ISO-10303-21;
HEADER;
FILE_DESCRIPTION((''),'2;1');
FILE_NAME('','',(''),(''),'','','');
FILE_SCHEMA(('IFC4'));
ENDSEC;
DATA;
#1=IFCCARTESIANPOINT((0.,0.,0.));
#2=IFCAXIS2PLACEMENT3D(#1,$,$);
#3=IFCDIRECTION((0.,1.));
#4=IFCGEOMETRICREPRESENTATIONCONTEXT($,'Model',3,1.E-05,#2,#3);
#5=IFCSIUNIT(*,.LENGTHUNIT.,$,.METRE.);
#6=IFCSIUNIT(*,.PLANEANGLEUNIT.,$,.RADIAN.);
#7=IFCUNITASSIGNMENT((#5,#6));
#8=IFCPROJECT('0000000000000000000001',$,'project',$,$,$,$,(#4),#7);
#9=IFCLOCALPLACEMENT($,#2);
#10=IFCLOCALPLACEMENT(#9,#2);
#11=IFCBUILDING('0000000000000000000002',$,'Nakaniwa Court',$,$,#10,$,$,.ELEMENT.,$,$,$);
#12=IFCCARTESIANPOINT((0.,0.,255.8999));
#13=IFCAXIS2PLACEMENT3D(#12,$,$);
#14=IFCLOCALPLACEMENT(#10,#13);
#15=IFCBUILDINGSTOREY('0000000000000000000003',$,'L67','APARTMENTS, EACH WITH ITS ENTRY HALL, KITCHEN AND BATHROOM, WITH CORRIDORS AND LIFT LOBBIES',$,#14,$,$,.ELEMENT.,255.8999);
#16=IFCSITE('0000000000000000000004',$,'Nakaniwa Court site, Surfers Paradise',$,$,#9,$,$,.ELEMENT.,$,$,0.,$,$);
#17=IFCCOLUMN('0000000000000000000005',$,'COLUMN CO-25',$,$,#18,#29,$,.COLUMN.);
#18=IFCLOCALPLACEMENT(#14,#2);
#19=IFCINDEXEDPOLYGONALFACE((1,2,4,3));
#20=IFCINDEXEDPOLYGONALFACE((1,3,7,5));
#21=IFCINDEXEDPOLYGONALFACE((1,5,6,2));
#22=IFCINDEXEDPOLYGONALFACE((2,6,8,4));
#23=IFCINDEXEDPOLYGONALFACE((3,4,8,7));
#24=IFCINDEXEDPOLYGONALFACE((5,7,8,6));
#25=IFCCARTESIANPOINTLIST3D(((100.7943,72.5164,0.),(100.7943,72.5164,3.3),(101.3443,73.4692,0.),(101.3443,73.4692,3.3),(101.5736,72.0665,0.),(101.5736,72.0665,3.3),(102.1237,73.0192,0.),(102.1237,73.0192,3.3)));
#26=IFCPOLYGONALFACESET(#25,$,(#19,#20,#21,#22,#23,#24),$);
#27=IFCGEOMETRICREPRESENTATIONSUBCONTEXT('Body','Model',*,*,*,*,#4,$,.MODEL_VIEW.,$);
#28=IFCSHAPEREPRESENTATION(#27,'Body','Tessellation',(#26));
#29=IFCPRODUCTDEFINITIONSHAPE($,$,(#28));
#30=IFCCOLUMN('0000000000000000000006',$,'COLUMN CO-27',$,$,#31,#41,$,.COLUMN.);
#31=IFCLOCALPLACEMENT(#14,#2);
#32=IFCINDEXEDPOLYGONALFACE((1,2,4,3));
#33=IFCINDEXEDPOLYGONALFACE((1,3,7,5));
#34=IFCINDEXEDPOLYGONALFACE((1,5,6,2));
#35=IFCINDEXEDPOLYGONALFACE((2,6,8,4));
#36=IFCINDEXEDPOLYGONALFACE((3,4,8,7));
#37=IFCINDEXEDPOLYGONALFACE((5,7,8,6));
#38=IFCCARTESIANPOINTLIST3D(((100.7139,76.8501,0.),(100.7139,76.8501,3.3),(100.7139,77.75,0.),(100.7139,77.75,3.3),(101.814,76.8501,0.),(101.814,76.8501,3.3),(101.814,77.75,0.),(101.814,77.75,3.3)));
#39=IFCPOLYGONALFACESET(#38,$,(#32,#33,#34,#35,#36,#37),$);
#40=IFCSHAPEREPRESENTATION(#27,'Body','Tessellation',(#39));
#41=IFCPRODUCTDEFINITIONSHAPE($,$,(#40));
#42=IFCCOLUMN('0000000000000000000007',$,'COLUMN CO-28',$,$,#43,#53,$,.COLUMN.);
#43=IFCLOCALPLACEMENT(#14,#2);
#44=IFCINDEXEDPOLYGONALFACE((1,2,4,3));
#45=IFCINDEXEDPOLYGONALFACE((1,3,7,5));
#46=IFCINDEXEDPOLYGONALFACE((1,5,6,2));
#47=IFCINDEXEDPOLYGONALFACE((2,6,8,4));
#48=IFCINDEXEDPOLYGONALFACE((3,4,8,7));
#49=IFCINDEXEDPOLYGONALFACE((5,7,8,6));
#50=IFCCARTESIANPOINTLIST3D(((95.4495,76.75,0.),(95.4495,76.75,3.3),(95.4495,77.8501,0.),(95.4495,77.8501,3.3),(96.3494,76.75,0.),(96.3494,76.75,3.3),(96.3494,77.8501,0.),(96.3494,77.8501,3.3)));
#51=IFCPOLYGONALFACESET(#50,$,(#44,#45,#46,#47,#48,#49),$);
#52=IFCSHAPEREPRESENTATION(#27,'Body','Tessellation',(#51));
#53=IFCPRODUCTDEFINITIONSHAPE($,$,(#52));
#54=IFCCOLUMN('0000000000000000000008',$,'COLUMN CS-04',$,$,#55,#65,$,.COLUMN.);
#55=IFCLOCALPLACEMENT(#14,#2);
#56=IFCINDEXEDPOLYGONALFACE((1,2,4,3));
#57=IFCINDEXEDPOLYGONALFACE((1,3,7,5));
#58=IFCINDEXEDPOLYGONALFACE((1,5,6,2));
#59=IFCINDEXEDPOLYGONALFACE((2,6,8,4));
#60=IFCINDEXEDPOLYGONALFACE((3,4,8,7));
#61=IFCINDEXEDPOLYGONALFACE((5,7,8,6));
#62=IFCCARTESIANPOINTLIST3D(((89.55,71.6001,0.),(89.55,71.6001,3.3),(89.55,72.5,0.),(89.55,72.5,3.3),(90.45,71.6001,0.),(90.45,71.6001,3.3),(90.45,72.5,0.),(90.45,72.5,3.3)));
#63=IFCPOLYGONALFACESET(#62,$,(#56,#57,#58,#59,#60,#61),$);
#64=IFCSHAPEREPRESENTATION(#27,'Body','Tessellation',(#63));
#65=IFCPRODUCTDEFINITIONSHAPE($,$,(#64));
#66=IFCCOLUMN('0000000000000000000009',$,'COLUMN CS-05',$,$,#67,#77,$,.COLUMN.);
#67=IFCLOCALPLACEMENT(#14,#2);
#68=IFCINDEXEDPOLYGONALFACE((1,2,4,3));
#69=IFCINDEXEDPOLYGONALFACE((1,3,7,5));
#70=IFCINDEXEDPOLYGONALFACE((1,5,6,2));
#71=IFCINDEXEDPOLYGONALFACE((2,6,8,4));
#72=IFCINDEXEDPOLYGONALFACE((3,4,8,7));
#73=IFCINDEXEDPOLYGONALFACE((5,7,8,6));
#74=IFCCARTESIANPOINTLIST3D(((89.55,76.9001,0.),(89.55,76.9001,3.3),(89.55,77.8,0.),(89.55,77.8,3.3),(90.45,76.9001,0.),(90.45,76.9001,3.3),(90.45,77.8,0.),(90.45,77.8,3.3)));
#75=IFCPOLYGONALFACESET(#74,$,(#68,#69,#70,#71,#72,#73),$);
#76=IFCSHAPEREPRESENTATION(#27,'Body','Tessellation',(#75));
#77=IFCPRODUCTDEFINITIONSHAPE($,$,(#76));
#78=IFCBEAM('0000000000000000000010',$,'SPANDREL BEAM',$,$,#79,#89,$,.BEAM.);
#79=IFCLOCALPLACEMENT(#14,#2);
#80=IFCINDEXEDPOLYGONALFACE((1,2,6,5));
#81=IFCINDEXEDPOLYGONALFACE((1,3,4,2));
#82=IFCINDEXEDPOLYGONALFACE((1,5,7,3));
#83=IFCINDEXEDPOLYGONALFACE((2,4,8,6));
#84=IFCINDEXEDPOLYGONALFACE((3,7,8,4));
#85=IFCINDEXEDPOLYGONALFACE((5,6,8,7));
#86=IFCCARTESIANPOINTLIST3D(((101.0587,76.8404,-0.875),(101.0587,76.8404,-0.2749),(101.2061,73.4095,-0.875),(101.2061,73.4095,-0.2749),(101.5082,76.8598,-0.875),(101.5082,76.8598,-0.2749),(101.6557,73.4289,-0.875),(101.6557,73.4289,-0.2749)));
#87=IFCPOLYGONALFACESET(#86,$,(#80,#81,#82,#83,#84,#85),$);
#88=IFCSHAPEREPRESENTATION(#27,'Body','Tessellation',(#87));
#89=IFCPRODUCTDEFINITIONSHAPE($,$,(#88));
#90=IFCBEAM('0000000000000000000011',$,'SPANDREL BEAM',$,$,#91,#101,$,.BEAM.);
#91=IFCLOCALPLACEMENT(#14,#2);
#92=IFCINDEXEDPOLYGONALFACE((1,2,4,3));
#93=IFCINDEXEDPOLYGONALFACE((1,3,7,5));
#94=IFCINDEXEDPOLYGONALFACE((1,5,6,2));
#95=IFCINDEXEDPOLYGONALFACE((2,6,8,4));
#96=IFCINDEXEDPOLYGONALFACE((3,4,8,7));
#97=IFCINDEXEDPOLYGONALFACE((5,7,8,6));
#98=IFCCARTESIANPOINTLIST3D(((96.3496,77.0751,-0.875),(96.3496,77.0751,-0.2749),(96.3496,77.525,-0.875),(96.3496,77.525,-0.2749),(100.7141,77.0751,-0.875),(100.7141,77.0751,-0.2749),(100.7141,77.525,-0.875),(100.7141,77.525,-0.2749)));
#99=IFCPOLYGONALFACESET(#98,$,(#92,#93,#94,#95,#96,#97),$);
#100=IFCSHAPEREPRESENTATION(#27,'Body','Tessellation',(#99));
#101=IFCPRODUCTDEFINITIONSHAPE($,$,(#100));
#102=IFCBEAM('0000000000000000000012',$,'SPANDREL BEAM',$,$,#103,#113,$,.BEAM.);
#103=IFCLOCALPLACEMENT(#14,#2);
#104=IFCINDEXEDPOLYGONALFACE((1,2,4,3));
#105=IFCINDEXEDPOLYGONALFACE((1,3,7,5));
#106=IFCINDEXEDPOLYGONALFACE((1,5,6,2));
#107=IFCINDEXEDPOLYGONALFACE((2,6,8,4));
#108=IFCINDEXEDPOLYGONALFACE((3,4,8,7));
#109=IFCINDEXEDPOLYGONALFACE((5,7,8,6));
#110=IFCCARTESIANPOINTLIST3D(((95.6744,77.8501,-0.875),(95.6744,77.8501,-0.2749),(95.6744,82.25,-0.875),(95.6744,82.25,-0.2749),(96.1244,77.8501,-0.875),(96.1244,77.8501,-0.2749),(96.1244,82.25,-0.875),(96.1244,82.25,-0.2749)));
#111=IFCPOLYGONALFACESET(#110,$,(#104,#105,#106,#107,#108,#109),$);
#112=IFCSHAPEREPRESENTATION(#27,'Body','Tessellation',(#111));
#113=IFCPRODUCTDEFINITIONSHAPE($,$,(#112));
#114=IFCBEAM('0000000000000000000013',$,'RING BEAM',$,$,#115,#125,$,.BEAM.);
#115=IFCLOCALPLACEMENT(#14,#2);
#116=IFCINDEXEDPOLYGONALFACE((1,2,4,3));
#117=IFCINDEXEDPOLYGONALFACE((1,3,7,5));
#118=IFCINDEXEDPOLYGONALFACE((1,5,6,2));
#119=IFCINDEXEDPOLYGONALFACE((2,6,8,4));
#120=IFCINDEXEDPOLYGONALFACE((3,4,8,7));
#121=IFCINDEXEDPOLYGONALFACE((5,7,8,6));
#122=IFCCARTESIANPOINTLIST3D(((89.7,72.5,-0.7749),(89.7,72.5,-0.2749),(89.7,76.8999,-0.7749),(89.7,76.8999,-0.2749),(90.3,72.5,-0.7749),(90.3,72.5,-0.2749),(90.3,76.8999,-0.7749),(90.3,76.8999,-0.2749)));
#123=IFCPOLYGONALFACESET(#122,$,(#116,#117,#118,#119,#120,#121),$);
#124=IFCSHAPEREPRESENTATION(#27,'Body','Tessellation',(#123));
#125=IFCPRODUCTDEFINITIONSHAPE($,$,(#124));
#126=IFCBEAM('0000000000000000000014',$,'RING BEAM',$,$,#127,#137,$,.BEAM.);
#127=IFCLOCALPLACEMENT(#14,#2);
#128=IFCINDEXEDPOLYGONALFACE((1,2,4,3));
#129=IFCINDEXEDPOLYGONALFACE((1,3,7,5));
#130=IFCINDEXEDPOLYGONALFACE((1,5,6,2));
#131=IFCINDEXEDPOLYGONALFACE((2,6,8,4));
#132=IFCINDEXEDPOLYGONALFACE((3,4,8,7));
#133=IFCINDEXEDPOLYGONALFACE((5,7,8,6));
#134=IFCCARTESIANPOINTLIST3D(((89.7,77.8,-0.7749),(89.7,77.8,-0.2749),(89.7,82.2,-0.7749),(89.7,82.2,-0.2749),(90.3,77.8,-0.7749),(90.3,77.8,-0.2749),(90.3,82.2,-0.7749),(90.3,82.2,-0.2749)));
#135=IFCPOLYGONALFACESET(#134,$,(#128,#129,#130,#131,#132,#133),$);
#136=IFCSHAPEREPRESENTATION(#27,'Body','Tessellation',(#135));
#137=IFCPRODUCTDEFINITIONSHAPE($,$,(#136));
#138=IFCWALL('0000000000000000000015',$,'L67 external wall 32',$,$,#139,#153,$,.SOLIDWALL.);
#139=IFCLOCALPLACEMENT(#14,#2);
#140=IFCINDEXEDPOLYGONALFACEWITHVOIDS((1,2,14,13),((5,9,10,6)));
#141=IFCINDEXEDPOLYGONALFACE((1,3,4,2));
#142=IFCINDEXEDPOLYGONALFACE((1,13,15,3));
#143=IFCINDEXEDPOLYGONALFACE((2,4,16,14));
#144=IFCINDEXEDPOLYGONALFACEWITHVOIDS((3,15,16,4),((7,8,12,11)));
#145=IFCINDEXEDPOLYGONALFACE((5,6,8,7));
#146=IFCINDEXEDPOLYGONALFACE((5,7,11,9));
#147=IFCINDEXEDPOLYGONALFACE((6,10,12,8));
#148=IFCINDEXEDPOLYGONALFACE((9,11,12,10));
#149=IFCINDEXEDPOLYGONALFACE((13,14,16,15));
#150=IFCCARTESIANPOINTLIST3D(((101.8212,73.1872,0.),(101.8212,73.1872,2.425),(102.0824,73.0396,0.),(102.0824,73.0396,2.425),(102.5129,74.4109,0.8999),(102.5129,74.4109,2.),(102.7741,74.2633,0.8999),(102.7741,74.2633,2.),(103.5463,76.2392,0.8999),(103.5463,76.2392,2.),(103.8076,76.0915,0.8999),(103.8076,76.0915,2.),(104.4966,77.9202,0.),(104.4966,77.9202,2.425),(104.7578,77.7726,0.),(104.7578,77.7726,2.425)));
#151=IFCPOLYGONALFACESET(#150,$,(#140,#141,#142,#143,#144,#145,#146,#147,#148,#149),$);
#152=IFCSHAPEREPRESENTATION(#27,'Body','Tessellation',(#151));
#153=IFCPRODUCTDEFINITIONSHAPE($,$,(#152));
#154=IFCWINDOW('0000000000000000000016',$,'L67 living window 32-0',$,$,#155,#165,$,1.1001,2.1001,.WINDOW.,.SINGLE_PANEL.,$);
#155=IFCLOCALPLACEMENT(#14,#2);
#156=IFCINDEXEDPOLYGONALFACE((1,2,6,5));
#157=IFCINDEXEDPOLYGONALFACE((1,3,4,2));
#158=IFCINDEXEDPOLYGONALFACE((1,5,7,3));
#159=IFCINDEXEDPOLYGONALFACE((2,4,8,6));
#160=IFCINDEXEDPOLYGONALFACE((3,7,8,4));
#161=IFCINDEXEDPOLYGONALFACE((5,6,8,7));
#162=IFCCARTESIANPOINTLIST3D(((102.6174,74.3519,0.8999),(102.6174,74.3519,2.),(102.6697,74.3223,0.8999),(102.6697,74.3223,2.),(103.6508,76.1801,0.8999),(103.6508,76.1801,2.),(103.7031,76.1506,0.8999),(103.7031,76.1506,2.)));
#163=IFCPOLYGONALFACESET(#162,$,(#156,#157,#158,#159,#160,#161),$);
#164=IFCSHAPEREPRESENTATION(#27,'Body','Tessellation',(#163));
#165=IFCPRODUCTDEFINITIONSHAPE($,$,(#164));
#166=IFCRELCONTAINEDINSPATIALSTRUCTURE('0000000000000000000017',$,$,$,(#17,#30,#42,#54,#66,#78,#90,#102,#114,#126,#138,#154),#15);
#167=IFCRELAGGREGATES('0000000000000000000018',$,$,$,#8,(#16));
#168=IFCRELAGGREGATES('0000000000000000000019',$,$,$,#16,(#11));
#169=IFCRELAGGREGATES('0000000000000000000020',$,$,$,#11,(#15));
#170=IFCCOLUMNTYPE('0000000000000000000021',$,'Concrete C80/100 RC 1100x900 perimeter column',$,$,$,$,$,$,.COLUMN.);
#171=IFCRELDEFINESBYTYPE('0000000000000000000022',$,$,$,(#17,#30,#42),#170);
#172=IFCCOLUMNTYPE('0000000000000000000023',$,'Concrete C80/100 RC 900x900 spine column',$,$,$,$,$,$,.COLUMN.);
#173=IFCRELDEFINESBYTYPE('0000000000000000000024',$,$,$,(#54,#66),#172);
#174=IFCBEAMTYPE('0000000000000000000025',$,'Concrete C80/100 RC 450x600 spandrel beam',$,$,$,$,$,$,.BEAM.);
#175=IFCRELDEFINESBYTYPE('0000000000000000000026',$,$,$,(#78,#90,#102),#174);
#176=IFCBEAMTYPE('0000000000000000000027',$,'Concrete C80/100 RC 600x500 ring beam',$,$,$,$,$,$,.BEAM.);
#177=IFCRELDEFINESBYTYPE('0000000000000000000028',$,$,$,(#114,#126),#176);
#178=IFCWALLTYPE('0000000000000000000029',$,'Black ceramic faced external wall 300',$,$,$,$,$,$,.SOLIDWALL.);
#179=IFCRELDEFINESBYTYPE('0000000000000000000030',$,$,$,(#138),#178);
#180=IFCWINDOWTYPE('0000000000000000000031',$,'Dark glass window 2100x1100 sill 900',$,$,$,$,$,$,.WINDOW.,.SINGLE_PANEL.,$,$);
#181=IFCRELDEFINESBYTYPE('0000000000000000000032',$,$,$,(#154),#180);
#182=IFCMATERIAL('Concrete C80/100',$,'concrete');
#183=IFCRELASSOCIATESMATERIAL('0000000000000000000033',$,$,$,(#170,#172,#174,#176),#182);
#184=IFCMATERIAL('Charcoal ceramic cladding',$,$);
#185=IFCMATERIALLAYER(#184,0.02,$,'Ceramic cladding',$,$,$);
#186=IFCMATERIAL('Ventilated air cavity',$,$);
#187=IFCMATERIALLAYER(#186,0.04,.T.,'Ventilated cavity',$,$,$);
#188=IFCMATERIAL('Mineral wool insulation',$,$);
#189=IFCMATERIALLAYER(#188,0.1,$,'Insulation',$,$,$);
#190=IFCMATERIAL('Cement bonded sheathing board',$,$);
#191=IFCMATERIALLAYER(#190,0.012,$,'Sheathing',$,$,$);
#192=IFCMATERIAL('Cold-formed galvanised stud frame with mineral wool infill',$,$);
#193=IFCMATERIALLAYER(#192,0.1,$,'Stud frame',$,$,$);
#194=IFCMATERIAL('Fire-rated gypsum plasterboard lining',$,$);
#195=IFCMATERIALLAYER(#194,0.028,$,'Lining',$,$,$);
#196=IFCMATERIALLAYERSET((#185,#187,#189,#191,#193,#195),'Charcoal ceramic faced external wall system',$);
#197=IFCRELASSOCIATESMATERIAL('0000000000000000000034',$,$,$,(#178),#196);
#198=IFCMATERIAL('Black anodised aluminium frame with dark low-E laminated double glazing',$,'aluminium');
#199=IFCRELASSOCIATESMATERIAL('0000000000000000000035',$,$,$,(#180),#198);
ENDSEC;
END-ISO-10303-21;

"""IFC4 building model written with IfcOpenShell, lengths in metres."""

from ifc_helpers import new_model, si_unit, direction, frame, frame_2d, origin, origin_2d, place, context, subcontext, project, spatial, rectangle, extrude, material, layer, layer_set, material_profile, profile_set, type_object, element, fill, save


model = new_model("IFC4")

# Units and contexts
model_context = context("Model", 3, precision=1e-05, world=origin(), true_north=direction((0.0, 1.0)))
body_context = subcontext(model_context, "Body", "Model", "MODEL_VIEW")
ifc_project = project(units=[si_unit("LENGTHUNIT", "METRE"), si_unit("PLANEANGLEUNIT", "RADIAN")], contexts=[model_context])

# Site, building, storey
site_placement = place(None, origin())
site = spatial("IfcSite", under=ifc_project, at=site_placement, Name="Nakaniwa Court site, Surfers Paradise", CompositionType="ELEMENT", RefElevation=0.0)
building_placement = place(site_placement, origin())
building = spatial("IfcBuilding", under=site, at=building_placement, Name="Nakaniwa Court", CompositionType="ELEMENT")
storey_placement = place(building_placement, frame((0.0, 0.0, 255.8999)))
storey = spatial("IfcBuildingStorey", under=building, at=storey_placement, Name="L67", Description="APARTMENTS, EACH WITH ITS ENTRY HALL, KITCHEN AND BATHROOM, WITH CORRIDORS AND LIFT LOBBIES", CompositionType="ELEMENT", Elevation=255.8999)

# Columns
ifc_material_1 = material(Name="Concrete C80/100", Category="concrete")
ifc_material_profile_1 = material_profile(ifc_material_1, rectangle(XDim=1.1001, YDim=0.8999, at=origin_2d()), Name="Concrete C80/100 RC 1100x900 perimeter column")
ifc_profile_set_1 = profile_set([ifc_material_profile_1], Name="Concrete C80/100")
column_type_1 = type_object("IfcColumnType", Name="Concrete C80/100 RC 1100x900 perimeter column", PredefinedType="COLUMN", material=ifc_profile_set_1)
for number, where, z_axis, x_axis, name in (
    (1, (101.459, 72.7678, 0.0), (0.0, 0.0, 1.0), (0.5, 0.866025, 0.0), "COLUMN CO-25"),
    (2, (101.2639, 77.3, 0.0), (0.0, 0.0, 1.0), (-1.0, 0.0, 0.0), "COLUMN CO-27"),
    (3, (95.8994, 77.3, 0.0), (0.0, 0.0, 1.0), (0.0, 1.0, 0.0), "COLUMN CO-28"),
):
    element("IfcColumn", number, at=place(storey_placement, frame(where, z_axis=z_axis, x_axis=x_axis)), inside=storey, type_object=column_type_1, Name=name, PredefinedType="COLUMN", context=body_context, shape_type="SweptSolid", body=[
        extrude(rectangle(XDim=1.1001, YDim=0.8999, at=origin_2d()), origin(), (0.0, 0.0, 1.0), 3.3),
    ])
ifc_material_profile_2 = material_profile(ifc_material_1, rectangle(XDim=0.8999, YDim=0.8999, at=origin_2d()), Name="Concrete C80/100 RC 900x900 spine column")
ifc_profile_set_2 = profile_set([ifc_material_profile_2], Name="Concrete C80/100")
column_type_2 = type_object("IfcColumnType", Name="Concrete C80/100 RC 900x900 spine column", PredefinedType="COLUMN", material=ifc_profile_set_2)
for number, where, z_axis, x_axis, name in (
    (4, (90.0, 72.05, 0.0), (0.0, 0.0, 1.0), (0.0, 1.0, 0.0), "COLUMN CS-04"),
    (5, (90.0, 77.3501, 0.0), (0.0, 0.0, 1.0), (0.0, 1.0, 0.0), "COLUMN CS-05"),
):
    element("IfcColumn", number, at=place(storey_placement, frame(where, z_axis=z_axis, x_axis=x_axis)), inside=storey, type_object=column_type_2, Name=name, PredefinedType="COLUMN", context=body_context, shape_type="SweptSolid", body=[
        extrude(rectangle(XDim=0.8999, YDim=0.8999, at=origin_2d()), origin(), (0.0, 0.0, 1.0), 3.3),
    ])

# Beams
ifc_material_profile_3 = material_profile(ifc_material_1, rectangle(XDim=0.45, YDim=0.6001, at=origin_2d()), Name="Concrete C80/100 RC 450x600 spandrel beam")
ifc_profile_set_3 = profile_set([ifc_material_profile_3], Name="Concrete C80/100")
beam_type_1 = type_object("IfcBeamType", Name="Concrete C80/100 RC 450x600 spandrel beam", PredefinedType="BEAM", material=ifc_profile_set_3)
beam_1_placement = place(storey_placement, frame((101.4309, 73.4192, -0.575), z_axis=(-0.042941, 0.999078, 0.0), x_axis=(-0.999078, -0.042941, 0.0)))
element("IfcBeam", 6, at=beam_1_placement, inside=storey, type_object=beam_type_1, Name="SPANDREL BEAM", PredefinedType="BEAM", context=body_context, shape_type="SweptSolid", body=[
    extrude(rectangle(XDim=0.45, YDim=0.6001, at=origin_2d()), origin(), (0.0, 0.0, 1.0), 3.4341),
])
beam_2_placement = place(storey_placement, frame((100.7141, 77.3, -0.575), z_axis=(-1.0, 0.0, 0.0), x_axis=(0.0, -1.0, 0.0)))
element("IfcBeam", 7, at=beam_2_placement, inside=storey, type_object=beam_type_1, Name="SPANDREL BEAM", PredefinedType="BEAM", context=body_context, shape_type="SweptSolid", body=[
    extrude(rectangle(XDim=0.45, YDim=0.6001, at=origin_2d()), origin(), (0.0, 0.0, 1.0), 4.3645),
])
beam_3_placement = place(storey_placement, frame((95.8994, 77.8501, -0.575), z_axis=(0.0, 1.0, 0.0), x_axis=(-1.0, 0.0, 0.0)))
element("IfcBeam", 8, at=beam_3_placement, inside=storey, type_object=beam_type_1, Name="SPANDREL BEAM", PredefinedType="BEAM", context=body_context, shape_type="SweptSolid", body=[
    extrude(rectangle(XDim=0.45, YDim=0.6001, at=origin_2d()), origin(), (0.0, 0.0, 1.0), 4.3999),
])
ifc_material_profile_4 = material_profile(ifc_material_1, rectangle(XDim=0.6001, YDim=0.5, at=origin_2d()), Name="Concrete C80/100 RC 600x500 ring beam")
ifc_profile_set_4 = profile_set([ifc_material_profile_4], Name="Concrete C80/100")
beam_type_2 = type_object("IfcBeamType", Name="Concrete C80/100 RC 600x500 ring beam", PredefinedType="BEAM", material=ifc_profile_set_4)
for number, where, z_axis, x_axis, name in (
    (9, (90.0, 72.5, -0.5249), (0.0, 1.0, 0.0), (-1.0, 0.0, 0.0), "RING BEAM"),
    (10, (90.0, 77.8, -0.5249), (0.0, 1.0, 0.0), (-1.0, 0.0, 0.0), "RING BEAM"),
):
    element("IfcBeam", number, at=place(storey_placement, frame(where, z_axis=z_axis, x_axis=x_axis)), inside=storey, type_object=beam_type_2, Name=name, PredefinedType="BEAM", context=body_context, shape_type="SweptSolid", body=[
        extrude(rectangle(XDim=0.6001, YDim=0.5, at=origin_2d()), origin(), (0.0, 0.0, 1.0), 4.3999),
    ])

# Wall, opening, window
ifc_material_2 = material(Name="Charcoal ceramic cladding")
ifc_layer_1 = layer(ifc_material_2, 0.02, Name="Ceramic cladding")
ifc_material_3 = material(Name="Ventilated air cavity")
ifc_layer_2 = layer(ifc_material_3, 0.04, ventilated=True, Name="Ventilated cavity")
ifc_material_4 = material(Name="Mineral wool insulation")
ifc_layer_3 = layer(ifc_material_4, 0.1, Name="Insulation")
ifc_material_5 = material(Name="Cement bonded sheathing board")
ifc_layer_4 = layer(ifc_material_5, 0.012, Name="Sheathing")
ifc_material_6 = material(Name="Cold-formed galvanised stud frame with mineral wool infill")
ifc_layer_5 = layer(ifc_material_6, 0.1, Name="Stud frame")
ifc_material_7 = material(Name="Fire-rated gypsum plasterboard lining")
ifc_layer_6 = layer(ifc_material_7, 0.028, Name="Lining")
ifc_layer_set_1 = layer_set([ifc_layer_1, ifc_layer_2, ifc_layer_3, ifc_layer_4, ifc_layer_5, ifc_layer_6], Name="Charcoal ceramic faced external wall system")
wall_type_1 = type_object("IfcWallType", Name="Black ceramic faced external wall 300", PredefinedType="SOLIDWALL", material=ifc_layer_set_1)
wall_1_placement = place(storey_placement, frame((101.9519, 73.1135, 0.0), z_axis=(0.0, 0.0, 1.0), x_axis=(0.492081, 0.870549, 0.0)))
wall_1 = element("IfcWall", 11, at=wall_1_placement, inside=storey, type_object=wall_type_1, Name="L67 external wall 32", PredefinedType="SOLIDWALL", context=body_context, shape_type="SweptSolid", body=[
    extrude(rectangle(XDim=5.4368, YDim=0.3, at=frame_2d((2.7183, 0.0))), origin(), (0.0, 0.0, 1.0), 2.425),
])
opening_1_placement = place(wall_1_placement, frame((1.4055, 0.0, 0.8999)))
opening_1 = element("IfcOpeningElement", 12, at=opening_1_placement, cuts=wall_1, PredefinedType="OPENING", context=body_context, shape_type="SweptSolid", body=[
    extrude(rectangle(XDim=2.1001, YDim=1.1001, at=frame_2d((1.05, 0.55))), frame((0.0, 0.1599, 0.0), z_axis=(0.0, -1.0, 0.0), x_axis=(1.0, 0.0, 0.0)), (0.0, 0.0, 1.0), 0.3201),
])
ifc_material_8 = material(Name="Black anodised aluminium frame with dark low-E laminated double glazing", Category="aluminium")
window_type_1 = type_object("IfcWindowType", Name="Dark glass window 2100x1100 sill 900", PartitioningType="SINGLE_PANEL", PredefinedType="WINDOW", material=ifc_material_8)
window_1_placement = place(opening_1_placement, origin())
window_1 = element("IfcWindow", 13, at=window_1_placement, inside=storey, type_object=window_type_1, Name="L67 living window 32-0", OverallHeight=1.1001, OverallWidth=2.1001, PartitioningType="SINGLE_PANEL", PredefinedType="WINDOW", context=body_context, shape_type="SweptSolid", body=[
    extrude(rectangle(XDim=2.1001, YDim=1.1001, at=frame_2d((1.05, 0.55))), frame((0.0, 0.03, 0.0), z_axis=(0.0, -1.0, 0.0), x_axis=(1.0, 0.0, 0.0)), (0.0, 0.0, 1.0), 0.0601),
])
fill(opening_1, window_1)

save(model, "model.ifc")
